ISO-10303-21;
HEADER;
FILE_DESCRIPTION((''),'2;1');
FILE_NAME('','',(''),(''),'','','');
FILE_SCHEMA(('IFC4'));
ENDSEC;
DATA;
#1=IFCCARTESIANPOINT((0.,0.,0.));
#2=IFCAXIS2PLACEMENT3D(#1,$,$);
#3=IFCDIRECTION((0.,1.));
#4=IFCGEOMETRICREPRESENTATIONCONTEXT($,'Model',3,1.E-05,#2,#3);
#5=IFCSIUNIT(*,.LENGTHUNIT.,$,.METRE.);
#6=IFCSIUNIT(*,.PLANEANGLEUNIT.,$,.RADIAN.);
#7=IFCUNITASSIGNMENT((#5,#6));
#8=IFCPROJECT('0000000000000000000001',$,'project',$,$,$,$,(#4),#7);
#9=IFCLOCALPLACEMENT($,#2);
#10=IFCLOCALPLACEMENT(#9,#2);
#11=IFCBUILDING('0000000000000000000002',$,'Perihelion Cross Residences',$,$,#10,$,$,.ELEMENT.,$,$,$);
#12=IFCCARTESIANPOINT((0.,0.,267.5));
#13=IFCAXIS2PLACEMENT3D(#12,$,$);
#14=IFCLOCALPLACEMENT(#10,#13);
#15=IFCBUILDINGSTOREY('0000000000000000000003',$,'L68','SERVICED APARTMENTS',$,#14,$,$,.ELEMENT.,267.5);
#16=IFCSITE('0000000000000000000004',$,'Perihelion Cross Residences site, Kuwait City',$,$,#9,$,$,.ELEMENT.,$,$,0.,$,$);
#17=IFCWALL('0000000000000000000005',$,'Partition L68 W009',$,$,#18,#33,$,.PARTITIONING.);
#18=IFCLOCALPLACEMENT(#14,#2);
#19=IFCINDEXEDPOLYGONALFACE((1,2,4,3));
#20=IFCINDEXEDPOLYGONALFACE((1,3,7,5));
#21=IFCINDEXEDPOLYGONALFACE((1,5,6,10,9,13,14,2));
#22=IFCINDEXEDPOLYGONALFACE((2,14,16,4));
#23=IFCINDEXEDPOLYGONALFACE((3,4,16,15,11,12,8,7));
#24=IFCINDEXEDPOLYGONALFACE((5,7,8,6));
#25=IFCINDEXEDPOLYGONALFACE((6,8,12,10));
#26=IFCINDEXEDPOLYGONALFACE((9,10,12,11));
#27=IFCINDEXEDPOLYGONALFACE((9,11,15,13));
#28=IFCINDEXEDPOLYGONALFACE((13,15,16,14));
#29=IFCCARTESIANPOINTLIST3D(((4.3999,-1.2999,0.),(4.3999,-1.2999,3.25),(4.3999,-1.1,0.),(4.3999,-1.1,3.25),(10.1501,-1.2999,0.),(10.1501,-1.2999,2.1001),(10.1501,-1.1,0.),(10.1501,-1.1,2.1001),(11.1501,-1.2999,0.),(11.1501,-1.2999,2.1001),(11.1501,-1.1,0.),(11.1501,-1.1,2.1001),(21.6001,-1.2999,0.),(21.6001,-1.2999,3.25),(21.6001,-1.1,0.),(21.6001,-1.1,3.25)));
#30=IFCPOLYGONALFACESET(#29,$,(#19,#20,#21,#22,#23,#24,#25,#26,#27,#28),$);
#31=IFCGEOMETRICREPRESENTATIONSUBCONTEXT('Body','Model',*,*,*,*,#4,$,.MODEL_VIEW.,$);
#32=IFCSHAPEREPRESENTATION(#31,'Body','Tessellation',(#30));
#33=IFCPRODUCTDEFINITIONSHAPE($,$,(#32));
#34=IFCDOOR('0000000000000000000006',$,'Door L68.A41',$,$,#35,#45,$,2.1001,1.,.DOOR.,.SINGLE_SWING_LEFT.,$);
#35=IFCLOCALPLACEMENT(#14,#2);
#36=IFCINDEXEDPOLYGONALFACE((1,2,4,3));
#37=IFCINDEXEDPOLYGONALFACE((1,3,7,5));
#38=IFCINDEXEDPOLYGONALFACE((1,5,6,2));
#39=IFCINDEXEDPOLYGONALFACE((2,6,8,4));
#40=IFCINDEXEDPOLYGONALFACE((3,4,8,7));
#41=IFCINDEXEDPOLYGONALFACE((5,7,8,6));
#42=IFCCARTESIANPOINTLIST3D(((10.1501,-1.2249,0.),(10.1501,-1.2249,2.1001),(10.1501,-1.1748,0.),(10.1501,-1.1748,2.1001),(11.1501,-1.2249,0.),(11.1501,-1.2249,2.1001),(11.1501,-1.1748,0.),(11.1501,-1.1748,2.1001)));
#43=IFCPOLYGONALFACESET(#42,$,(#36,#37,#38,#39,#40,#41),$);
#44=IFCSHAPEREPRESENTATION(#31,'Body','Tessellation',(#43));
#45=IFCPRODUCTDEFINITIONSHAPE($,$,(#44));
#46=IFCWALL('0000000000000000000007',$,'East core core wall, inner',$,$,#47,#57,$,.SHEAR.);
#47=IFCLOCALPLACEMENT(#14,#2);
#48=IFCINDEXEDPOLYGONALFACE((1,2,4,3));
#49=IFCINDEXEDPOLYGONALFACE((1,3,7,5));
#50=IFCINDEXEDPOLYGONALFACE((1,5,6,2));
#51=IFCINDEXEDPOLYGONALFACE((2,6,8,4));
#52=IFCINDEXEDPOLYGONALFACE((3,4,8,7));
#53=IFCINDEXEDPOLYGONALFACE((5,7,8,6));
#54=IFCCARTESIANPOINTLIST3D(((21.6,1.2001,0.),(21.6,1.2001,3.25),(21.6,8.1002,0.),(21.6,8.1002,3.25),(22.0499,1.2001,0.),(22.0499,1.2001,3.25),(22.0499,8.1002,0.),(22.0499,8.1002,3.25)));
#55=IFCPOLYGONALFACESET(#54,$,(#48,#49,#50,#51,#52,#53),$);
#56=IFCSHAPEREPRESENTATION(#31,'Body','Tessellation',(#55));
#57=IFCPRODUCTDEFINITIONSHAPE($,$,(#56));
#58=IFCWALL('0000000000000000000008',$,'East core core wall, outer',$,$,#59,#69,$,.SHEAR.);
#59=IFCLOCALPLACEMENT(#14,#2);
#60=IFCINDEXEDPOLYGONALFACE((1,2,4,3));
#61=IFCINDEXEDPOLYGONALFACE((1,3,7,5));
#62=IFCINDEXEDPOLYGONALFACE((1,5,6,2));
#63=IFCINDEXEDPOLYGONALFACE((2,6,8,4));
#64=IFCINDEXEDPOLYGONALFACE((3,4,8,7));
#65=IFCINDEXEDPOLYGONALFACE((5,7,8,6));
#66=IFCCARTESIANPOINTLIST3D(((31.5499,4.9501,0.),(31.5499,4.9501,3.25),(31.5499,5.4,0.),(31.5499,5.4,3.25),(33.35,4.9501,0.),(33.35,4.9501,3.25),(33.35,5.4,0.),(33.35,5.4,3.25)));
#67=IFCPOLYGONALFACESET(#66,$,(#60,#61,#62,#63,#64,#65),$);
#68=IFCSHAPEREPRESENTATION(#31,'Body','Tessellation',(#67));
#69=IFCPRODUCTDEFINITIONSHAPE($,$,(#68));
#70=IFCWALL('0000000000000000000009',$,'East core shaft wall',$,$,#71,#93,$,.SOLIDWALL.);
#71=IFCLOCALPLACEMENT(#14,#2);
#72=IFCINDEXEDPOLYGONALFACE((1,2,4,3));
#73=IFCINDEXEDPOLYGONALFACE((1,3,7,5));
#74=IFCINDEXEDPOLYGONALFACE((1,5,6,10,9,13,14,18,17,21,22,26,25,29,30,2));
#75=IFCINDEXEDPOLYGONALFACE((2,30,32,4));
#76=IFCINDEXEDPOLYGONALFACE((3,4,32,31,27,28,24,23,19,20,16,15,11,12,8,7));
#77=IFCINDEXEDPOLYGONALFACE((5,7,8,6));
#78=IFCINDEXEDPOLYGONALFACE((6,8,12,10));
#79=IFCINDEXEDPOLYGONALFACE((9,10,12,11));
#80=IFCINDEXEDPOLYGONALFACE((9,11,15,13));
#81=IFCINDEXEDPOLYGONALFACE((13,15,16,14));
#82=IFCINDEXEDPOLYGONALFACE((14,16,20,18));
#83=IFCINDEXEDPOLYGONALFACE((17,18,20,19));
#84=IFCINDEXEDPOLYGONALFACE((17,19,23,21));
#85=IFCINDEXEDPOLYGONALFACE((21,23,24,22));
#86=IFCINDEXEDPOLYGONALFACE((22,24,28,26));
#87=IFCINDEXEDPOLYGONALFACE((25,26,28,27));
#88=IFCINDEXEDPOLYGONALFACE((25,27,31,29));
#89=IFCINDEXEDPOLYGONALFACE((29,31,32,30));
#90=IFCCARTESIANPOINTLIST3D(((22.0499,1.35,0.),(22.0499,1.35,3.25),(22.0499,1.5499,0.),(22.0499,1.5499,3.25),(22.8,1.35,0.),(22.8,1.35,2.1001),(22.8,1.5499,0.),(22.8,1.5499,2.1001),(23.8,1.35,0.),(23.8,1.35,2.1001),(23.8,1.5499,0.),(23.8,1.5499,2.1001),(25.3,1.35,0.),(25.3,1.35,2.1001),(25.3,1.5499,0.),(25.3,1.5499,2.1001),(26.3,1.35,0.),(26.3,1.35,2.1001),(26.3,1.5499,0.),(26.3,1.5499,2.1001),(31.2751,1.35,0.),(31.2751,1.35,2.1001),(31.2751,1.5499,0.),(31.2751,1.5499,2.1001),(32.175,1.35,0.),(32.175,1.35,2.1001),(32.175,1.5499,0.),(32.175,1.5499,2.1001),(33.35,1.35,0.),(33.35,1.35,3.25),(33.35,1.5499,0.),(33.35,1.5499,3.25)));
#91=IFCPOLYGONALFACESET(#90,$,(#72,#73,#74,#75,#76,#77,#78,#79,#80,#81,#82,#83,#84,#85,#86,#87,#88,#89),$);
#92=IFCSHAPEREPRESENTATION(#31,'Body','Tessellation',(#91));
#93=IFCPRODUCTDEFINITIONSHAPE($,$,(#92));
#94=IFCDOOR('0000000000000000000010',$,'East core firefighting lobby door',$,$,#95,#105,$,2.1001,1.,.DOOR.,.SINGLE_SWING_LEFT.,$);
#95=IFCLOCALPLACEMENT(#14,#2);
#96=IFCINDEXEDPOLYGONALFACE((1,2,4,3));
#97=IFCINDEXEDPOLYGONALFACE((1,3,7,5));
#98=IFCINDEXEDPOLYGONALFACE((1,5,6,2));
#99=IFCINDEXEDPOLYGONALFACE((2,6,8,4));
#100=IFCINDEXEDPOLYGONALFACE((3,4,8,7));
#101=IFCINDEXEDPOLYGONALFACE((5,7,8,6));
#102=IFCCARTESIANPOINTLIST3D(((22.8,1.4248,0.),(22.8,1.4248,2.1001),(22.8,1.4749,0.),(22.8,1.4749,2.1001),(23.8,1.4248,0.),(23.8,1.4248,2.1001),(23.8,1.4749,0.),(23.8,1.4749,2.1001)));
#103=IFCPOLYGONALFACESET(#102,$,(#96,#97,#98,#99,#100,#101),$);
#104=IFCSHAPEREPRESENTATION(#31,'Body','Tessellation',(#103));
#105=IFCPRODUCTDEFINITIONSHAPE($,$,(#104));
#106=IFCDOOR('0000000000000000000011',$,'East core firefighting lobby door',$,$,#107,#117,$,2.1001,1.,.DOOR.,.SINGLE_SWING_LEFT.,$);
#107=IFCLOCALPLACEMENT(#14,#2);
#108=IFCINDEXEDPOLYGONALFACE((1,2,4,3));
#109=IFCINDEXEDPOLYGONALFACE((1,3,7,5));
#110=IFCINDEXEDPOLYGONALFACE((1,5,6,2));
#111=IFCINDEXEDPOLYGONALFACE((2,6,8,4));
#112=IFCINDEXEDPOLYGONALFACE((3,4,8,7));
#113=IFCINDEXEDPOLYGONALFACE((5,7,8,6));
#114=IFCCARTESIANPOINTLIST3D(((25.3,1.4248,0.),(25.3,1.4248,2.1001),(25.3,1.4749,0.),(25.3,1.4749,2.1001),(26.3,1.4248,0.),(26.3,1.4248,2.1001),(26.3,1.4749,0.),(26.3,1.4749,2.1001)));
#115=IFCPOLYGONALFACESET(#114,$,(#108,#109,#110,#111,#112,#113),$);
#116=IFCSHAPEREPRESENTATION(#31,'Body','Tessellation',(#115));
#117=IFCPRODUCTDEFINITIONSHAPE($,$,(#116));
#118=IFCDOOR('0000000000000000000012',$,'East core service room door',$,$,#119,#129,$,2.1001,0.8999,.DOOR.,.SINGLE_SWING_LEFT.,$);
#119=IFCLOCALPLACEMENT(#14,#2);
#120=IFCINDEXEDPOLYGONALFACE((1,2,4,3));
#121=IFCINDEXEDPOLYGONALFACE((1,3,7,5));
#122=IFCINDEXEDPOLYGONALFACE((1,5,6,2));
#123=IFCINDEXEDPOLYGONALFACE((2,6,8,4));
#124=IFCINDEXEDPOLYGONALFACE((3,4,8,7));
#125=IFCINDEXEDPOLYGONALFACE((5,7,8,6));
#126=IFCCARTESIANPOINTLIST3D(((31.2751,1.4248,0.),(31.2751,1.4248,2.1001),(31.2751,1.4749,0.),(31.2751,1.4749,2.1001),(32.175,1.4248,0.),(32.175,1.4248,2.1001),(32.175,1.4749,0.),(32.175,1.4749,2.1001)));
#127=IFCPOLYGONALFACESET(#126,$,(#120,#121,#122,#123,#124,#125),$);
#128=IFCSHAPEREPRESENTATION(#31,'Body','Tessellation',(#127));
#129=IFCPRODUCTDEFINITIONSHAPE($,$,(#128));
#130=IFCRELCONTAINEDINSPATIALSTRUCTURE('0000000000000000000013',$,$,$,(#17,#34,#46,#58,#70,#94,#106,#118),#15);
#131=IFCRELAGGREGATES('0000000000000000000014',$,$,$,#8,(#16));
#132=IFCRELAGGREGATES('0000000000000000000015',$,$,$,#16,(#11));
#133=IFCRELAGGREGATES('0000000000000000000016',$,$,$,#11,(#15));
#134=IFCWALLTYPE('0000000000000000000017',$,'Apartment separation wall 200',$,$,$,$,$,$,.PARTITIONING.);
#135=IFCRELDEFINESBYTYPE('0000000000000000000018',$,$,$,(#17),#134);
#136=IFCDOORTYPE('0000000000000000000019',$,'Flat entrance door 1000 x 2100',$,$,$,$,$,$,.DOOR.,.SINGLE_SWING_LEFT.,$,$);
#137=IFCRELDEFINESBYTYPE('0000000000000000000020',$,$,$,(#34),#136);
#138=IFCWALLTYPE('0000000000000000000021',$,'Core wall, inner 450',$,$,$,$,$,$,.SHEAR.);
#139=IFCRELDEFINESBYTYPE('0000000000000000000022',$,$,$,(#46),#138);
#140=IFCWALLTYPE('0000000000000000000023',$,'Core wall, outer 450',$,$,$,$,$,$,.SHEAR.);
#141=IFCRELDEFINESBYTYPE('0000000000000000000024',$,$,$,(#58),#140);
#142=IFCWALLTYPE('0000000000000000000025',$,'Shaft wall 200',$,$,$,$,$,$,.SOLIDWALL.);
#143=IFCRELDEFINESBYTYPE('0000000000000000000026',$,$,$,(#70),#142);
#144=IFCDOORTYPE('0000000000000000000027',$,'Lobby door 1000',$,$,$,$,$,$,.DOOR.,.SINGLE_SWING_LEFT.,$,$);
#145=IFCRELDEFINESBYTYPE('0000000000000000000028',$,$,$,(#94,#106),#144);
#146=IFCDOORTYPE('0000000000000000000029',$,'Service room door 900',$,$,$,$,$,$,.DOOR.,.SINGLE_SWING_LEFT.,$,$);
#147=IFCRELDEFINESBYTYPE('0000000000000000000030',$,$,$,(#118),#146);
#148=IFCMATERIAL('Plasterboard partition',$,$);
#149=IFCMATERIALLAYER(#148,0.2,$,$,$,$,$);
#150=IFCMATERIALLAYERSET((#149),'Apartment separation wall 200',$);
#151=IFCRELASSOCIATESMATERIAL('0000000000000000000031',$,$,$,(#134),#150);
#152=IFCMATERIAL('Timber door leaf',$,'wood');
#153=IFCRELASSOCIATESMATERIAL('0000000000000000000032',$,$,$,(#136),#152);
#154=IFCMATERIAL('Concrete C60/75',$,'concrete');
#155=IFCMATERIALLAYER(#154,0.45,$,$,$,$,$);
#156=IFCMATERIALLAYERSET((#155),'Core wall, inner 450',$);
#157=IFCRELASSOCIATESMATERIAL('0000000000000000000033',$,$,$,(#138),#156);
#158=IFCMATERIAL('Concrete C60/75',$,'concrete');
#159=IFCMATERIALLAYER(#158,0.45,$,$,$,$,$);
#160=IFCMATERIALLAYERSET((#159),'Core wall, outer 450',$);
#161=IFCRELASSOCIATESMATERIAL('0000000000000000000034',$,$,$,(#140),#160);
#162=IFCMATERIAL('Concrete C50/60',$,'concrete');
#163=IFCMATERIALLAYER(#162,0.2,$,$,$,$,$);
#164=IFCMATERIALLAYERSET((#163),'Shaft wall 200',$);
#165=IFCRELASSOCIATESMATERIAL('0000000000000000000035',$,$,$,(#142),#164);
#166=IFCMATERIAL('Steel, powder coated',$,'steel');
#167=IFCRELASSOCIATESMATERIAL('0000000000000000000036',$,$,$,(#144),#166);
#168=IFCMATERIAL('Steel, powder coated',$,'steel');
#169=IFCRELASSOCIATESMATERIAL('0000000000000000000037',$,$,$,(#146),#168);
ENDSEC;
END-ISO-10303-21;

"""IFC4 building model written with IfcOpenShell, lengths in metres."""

from ifc_helpers import new_model, si_unit, direction, frame, frame_2d, origin, place, context, subcontext, project, spatial, rectangle, extrude, material, layer, layer_set, type_object, element, fill, save


model = new_model("IFC4")

# Units and contexts
model_context = context("Model", 3, precision=1e-05, world=origin(), true_north=direction((0.0, 1.0)))
body_context = subcontext(model_context, "Body", "Model", "MODEL_VIEW")
ifc_project = project(units=[si_unit("LENGTHUNIT", "METRE"), si_unit("PLANEANGLEUNIT", "RADIAN")], contexts=[model_context])

# Site, building, storey
site_placement = place(None, origin())
site = spatial("IfcSite", under=ifc_project, at=site_placement, Name="Perihelion Cross Residences site, Kuwait City", CompositionType="ELEMENT", RefElevation=0.0)
building_placement = place(site_placement, origin())
building = spatial("IfcBuilding", under=site, at=building_placement, Name="Perihelion Cross Residences", CompositionType="ELEMENT")
storey_placement = place(building_placement, frame((0.0, 0.0, 267.5)))
storey = spatial("IfcBuildingStorey", under=building, at=storey_placement, Name="L68", Description="SERVICED APARTMENTS", CompositionType="ELEMENT", Elevation=267.5)

# Wall, opening, door
ifc_material_1 = material(Name="Plasterboard partition")
ifc_layer_1 = layer(ifc_material_1, 0.2)
ifc_layer_set_1 = layer_set([ifc_layer_1], Name="Apartment separation wall 200")
wall_type_1 = type_object("IfcWallType", Name="Apartment separation wall 200", PredefinedType="PARTITIONING", material=ifc_layer_set_1)
wall_1_placement = place(storey_placement, frame((21.6001, -1.2, 0.0), z_axis=(0.0, 0.0, 1.0), x_axis=(-1.0, 0.0, 0.0)))
wall_1 = element("IfcWall", 1, at=wall_1_placement, inside=storey, type_object=wall_type_1, Name="Partition L68 W009", PredefinedType="PARTITIONING", context=body_context, shape_type="SweptSolid", body=[
    extrude(rectangle(XDim=17.2002, YDim=0.2, at=frame_2d((8.6001, 0.0))), origin(), (0.0, 0.0, 1.0), 3.25),
])
opening_1_placement = place(wall_1_placement, frame((10.45, 0.0, 0.0)))
opening_1 = element("IfcOpeningElement", 2, at=opening_1_placement, cuts=wall_1, PredefinedType="OPENING", context=body_context, shape_type="SweptSolid", body=[
    extrude(rectangle(XDim=1.0, YDim=2.1001, at=frame_2d((0.5, 1.05))), frame((0.0, 0.1099, 0.0), z_axis=(0.0, -1.0, 0.0), x_axis=(1.0, 0.0, 0.0)), (0.0, 0.0, 1.0), 0.22),
])
ifc_material_2 = material(Name="Timber door leaf", Category="wood")
door_type_1 = type_object("IfcDoorType", Name="Flat entrance door 1000 x 2100", OperationType="SINGLE_SWING_LEFT", PredefinedType="DOOR", material=ifc_material_2)
door_1_placement = place(opening_1_placement, origin())
door_1 = element("IfcDoor", 3, at=door_1_placement, inside=storey, type_object=door_type_1, Name="Door L68.A41", OperationType="SINGLE_SWING_LEFT", OverallHeight=2.1001, OverallWidth=1.0, PredefinedType="DOOR", context=body_context, shape_type="SweptSolid", body=[
    extrude(rectangle(XDim=1.0, YDim=2.1001, at=frame_2d((0.5, 1.05))), frame((0.0, 0.0249, 0.0), z_axis=(0.0, -1.0, 0.0), x_axis=(1.0, 0.0, 0.0)), (0.0, 0.0, 1.0), 0.05),
])
fill(opening_1, door_1)

# Walls
ifc_material_3 = material(Name="Concrete C60/75", Category="concrete")
ifc_layer_2 = layer(ifc_material_3, 0.45)
ifc_layer_set_2 = layer_set([ifc_layer_2], Name="Core wall, inner 450")
wall_type_2 = type_object("IfcWallType", Name="Core wall, inner 450", PredefinedType="SHEAR", material=ifc_layer_set_2)
wall_2_placement = place(storey_placement, frame((21.825, 1.2, 0.0), z_axis=(0.0, 0.0, 1.0), x_axis=(0.0, 1.0, 0.0)))
element("IfcWall", 4, at=wall_2_placement, inside=storey, type_object=wall_type_2, Name="East core core wall, inner", PredefinedType="SHEAR", context=body_context, shape_type="SweptSolid", body=[
    extrude(rectangle(XDim=6.9001, YDim=0.45, at=frame_2d((3.4502, 0.0))), origin(), (0.0, 0.0, 1.0), 3.25),
])
ifc_material_4 = material(Name="Concrete C60/75", Category="concrete")
ifc_layer_3 = layer(ifc_material_4, 0.45)
ifc_layer_set_3 = layer_set([ifc_layer_3], Name="Core wall, outer 450")
wall_type_3 = type_object("IfcWallType", Name="Core wall, outer 450", PredefinedType="SHEAR", material=ifc_layer_set_3)
wall_3_placement = place(storey_placement, frame((31.55, 5.175, 0.0), z_axis=(0.0, 0.0, 1.0), x_axis=(1.0, 0.0, 0.0)))
element("IfcWall", 5, at=wall_3_placement, inside=storey, type_object=wall_type_3, Name="East core core wall, outer", PredefinedType="SHEAR", context=body_context, shape_type="SweptSolid", body=[
    extrude(rectangle(XDim=1.8, YDim=0.45, at=frame_2d((0.8999, 0.0))), origin(), (0.0, 0.0, 1.0), 3.25),
])

# Wall, openings, doors
ifc_material_5 = material(Name="Concrete C50/60", Category="concrete")
ifc_layer_4 = layer(ifc_material_5, 0.2)
ifc_layer_set_4 = layer_set([ifc_layer_4], Name="Shaft wall 200")
wall_type_4 = type_object("IfcWallType", Name="Shaft wall 200", PredefinedType="SOLIDWALL", material=ifc_layer_set_4)
wall_4_placement = place(storey_placement, frame((22.05, 1.45, 0.0), z_axis=(0.0, 0.0, 1.0), x_axis=(1.0, 0.0, 0.0)))
wall_4 = element("IfcWall", 6, at=wall_4_placement, inside=storey, type_object=wall_type_4, Name="East core shaft wall", PredefinedType="SOLIDWALL", context=body_context, shape_type="SweptSolid", body=[
    extrude(rectangle(XDim=11.3, YDim=0.2, at=frame_2d((5.6499, 0.0))), origin(), (0.0, 0.0, 1.0), 3.25),
])
opening_2_placement = place(wall_4_placement, frame((0.75, 0.0, 0.0)))
opening_2 = element("IfcOpeningElement", 7, at=opening_2_placement, cuts=wall_4, PredefinedType="OPENING", context=body_context, shape_type="SweptSolid", body=[
    extrude(rectangle(XDim=1.0, YDim=2.1001, at=frame_2d((0.5, 1.05))), frame((0.0, 0.1099, 0.0), z_axis=(0.0, -1.0, 0.0), x_axis=(1.0, 0.0, 0.0)), (0.0, 0.0, 1.0), 0.22),
])
opening_3_placement = place(wall_4_placement, frame((3.25, 0.0, 0.0)))
opening_3 = element("IfcOpeningElement", 8, at=opening_3_placement, cuts=wall_4, PredefinedType="OPENING", context=body_context, shape_type="SweptSolid", body=[
    extrude(rectangle(XDim=1.0, YDim=2.1001, at=frame_2d((0.5, 1.05))), frame((0.0, 0.1099, 0.0), z_axis=(0.0, -1.0, 0.0), x_axis=(1.0, 0.0, 0.0)), (0.0, 0.0, 1.0), 0.22),
])
opening_4_placement = place(wall_4_placement, frame((9.2251, 0.0, 0.0)))
opening_4 = element("IfcOpeningElement", 9, at=opening_4_placement, cuts=wall_4, PredefinedType="OPENING", context=body_context, shape_type="SweptSolid", body=[
    extrude(rectangle(XDim=0.8999, YDim=2.1001, at=frame_2d((0.45, 1.05))), frame((0.0, 0.1099, 0.0), z_axis=(0.0, -1.0, 0.0), x_axis=(1.0, 0.0, 0.0)), (0.0, 0.0, 1.0), 0.22),
])
ifc_material_6 = material(Name="Steel, powder coated", Category="steel")
door_type_2 = type_object("IfcDoorType", Name="Lobby door 1000", OperationType="SINGLE_SWING_LEFT", PredefinedType="DOOR", material=ifc_material_6)
door_2_placement = place(opening_2_placement, origin())
door_2 = element("IfcDoor", 10, at=door_2_placement, inside=storey, type_object=door_type_2, Name="East core firefighting lobby door", OperationType="SINGLE_SWING_LEFT", OverallHeight=2.1001, OverallWidth=1.0, PredefinedType="DOOR", context=body_context, shape_type="SweptSolid", body=[
    extrude(rectangle(XDim=1.0, YDim=2.1001, at=frame_2d((0.5, 1.05))), frame((0.0, 0.0249, 0.0), z_axis=(0.0, -1.0, 0.0), x_axis=(1.0, 0.0, 0.0)), (0.0, 0.0, 1.0), 0.05),
])
fill(opening_2, door_2)
door_3_placement = place(opening_3_placement, origin())
door_3 = element("IfcDoor", 11, at=door_3_placement, inside=storey, type_object=door_type_2, Name="East core firefighting lobby door", OperationType="SINGLE_SWING_LEFT", OverallHeight=2.1001, OverallWidth=1.0, PredefinedType="DOOR", context=body_context, shape_type="SweptSolid", body=[
    extrude(rectangle(XDim=1.0, YDim=2.1001, at=frame_2d((0.5, 1.05))), frame((0.0, 0.0249, 0.0), z_axis=(0.0, -1.0, 0.0), x_axis=(1.0, 0.0, 0.0)), (0.0, 0.0, 1.0), 0.05),
])
fill(opening_3, door_3)
ifc_material_7 = material(Name="Steel, powder coated", Category="steel")
door_type_3 = type_object("IfcDoorType", Name="Service room door 900", OperationType="SINGLE_SWING_LEFT", PredefinedType="DOOR", material=ifc_material_7)
door_4_placement = place(opening_4_placement, origin())
door_4 = element("IfcDoor", 12, at=door_4_placement, inside=storey, type_object=door_type_3, Name="East core service room door", OperationType="SINGLE_SWING_LEFT", OverallHeight=2.1001, OverallWidth=0.8999, PredefinedType="DOOR", context=body_context, shape_type="SweptSolid", body=[
    extrude(rectangle(XDim=0.8999, YDim=2.1001, at=frame_2d((0.45, 1.05))), frame((0.0, 0.0249, 0.0), z_axis=(0.0, -1.0, 0.0), x_axis=(1.0, 0.0, 0.0)), (0.0, 0.0, 1.0), 0.05),
])
fill(opening_4, door_4)

save(model, "model.ifc")
